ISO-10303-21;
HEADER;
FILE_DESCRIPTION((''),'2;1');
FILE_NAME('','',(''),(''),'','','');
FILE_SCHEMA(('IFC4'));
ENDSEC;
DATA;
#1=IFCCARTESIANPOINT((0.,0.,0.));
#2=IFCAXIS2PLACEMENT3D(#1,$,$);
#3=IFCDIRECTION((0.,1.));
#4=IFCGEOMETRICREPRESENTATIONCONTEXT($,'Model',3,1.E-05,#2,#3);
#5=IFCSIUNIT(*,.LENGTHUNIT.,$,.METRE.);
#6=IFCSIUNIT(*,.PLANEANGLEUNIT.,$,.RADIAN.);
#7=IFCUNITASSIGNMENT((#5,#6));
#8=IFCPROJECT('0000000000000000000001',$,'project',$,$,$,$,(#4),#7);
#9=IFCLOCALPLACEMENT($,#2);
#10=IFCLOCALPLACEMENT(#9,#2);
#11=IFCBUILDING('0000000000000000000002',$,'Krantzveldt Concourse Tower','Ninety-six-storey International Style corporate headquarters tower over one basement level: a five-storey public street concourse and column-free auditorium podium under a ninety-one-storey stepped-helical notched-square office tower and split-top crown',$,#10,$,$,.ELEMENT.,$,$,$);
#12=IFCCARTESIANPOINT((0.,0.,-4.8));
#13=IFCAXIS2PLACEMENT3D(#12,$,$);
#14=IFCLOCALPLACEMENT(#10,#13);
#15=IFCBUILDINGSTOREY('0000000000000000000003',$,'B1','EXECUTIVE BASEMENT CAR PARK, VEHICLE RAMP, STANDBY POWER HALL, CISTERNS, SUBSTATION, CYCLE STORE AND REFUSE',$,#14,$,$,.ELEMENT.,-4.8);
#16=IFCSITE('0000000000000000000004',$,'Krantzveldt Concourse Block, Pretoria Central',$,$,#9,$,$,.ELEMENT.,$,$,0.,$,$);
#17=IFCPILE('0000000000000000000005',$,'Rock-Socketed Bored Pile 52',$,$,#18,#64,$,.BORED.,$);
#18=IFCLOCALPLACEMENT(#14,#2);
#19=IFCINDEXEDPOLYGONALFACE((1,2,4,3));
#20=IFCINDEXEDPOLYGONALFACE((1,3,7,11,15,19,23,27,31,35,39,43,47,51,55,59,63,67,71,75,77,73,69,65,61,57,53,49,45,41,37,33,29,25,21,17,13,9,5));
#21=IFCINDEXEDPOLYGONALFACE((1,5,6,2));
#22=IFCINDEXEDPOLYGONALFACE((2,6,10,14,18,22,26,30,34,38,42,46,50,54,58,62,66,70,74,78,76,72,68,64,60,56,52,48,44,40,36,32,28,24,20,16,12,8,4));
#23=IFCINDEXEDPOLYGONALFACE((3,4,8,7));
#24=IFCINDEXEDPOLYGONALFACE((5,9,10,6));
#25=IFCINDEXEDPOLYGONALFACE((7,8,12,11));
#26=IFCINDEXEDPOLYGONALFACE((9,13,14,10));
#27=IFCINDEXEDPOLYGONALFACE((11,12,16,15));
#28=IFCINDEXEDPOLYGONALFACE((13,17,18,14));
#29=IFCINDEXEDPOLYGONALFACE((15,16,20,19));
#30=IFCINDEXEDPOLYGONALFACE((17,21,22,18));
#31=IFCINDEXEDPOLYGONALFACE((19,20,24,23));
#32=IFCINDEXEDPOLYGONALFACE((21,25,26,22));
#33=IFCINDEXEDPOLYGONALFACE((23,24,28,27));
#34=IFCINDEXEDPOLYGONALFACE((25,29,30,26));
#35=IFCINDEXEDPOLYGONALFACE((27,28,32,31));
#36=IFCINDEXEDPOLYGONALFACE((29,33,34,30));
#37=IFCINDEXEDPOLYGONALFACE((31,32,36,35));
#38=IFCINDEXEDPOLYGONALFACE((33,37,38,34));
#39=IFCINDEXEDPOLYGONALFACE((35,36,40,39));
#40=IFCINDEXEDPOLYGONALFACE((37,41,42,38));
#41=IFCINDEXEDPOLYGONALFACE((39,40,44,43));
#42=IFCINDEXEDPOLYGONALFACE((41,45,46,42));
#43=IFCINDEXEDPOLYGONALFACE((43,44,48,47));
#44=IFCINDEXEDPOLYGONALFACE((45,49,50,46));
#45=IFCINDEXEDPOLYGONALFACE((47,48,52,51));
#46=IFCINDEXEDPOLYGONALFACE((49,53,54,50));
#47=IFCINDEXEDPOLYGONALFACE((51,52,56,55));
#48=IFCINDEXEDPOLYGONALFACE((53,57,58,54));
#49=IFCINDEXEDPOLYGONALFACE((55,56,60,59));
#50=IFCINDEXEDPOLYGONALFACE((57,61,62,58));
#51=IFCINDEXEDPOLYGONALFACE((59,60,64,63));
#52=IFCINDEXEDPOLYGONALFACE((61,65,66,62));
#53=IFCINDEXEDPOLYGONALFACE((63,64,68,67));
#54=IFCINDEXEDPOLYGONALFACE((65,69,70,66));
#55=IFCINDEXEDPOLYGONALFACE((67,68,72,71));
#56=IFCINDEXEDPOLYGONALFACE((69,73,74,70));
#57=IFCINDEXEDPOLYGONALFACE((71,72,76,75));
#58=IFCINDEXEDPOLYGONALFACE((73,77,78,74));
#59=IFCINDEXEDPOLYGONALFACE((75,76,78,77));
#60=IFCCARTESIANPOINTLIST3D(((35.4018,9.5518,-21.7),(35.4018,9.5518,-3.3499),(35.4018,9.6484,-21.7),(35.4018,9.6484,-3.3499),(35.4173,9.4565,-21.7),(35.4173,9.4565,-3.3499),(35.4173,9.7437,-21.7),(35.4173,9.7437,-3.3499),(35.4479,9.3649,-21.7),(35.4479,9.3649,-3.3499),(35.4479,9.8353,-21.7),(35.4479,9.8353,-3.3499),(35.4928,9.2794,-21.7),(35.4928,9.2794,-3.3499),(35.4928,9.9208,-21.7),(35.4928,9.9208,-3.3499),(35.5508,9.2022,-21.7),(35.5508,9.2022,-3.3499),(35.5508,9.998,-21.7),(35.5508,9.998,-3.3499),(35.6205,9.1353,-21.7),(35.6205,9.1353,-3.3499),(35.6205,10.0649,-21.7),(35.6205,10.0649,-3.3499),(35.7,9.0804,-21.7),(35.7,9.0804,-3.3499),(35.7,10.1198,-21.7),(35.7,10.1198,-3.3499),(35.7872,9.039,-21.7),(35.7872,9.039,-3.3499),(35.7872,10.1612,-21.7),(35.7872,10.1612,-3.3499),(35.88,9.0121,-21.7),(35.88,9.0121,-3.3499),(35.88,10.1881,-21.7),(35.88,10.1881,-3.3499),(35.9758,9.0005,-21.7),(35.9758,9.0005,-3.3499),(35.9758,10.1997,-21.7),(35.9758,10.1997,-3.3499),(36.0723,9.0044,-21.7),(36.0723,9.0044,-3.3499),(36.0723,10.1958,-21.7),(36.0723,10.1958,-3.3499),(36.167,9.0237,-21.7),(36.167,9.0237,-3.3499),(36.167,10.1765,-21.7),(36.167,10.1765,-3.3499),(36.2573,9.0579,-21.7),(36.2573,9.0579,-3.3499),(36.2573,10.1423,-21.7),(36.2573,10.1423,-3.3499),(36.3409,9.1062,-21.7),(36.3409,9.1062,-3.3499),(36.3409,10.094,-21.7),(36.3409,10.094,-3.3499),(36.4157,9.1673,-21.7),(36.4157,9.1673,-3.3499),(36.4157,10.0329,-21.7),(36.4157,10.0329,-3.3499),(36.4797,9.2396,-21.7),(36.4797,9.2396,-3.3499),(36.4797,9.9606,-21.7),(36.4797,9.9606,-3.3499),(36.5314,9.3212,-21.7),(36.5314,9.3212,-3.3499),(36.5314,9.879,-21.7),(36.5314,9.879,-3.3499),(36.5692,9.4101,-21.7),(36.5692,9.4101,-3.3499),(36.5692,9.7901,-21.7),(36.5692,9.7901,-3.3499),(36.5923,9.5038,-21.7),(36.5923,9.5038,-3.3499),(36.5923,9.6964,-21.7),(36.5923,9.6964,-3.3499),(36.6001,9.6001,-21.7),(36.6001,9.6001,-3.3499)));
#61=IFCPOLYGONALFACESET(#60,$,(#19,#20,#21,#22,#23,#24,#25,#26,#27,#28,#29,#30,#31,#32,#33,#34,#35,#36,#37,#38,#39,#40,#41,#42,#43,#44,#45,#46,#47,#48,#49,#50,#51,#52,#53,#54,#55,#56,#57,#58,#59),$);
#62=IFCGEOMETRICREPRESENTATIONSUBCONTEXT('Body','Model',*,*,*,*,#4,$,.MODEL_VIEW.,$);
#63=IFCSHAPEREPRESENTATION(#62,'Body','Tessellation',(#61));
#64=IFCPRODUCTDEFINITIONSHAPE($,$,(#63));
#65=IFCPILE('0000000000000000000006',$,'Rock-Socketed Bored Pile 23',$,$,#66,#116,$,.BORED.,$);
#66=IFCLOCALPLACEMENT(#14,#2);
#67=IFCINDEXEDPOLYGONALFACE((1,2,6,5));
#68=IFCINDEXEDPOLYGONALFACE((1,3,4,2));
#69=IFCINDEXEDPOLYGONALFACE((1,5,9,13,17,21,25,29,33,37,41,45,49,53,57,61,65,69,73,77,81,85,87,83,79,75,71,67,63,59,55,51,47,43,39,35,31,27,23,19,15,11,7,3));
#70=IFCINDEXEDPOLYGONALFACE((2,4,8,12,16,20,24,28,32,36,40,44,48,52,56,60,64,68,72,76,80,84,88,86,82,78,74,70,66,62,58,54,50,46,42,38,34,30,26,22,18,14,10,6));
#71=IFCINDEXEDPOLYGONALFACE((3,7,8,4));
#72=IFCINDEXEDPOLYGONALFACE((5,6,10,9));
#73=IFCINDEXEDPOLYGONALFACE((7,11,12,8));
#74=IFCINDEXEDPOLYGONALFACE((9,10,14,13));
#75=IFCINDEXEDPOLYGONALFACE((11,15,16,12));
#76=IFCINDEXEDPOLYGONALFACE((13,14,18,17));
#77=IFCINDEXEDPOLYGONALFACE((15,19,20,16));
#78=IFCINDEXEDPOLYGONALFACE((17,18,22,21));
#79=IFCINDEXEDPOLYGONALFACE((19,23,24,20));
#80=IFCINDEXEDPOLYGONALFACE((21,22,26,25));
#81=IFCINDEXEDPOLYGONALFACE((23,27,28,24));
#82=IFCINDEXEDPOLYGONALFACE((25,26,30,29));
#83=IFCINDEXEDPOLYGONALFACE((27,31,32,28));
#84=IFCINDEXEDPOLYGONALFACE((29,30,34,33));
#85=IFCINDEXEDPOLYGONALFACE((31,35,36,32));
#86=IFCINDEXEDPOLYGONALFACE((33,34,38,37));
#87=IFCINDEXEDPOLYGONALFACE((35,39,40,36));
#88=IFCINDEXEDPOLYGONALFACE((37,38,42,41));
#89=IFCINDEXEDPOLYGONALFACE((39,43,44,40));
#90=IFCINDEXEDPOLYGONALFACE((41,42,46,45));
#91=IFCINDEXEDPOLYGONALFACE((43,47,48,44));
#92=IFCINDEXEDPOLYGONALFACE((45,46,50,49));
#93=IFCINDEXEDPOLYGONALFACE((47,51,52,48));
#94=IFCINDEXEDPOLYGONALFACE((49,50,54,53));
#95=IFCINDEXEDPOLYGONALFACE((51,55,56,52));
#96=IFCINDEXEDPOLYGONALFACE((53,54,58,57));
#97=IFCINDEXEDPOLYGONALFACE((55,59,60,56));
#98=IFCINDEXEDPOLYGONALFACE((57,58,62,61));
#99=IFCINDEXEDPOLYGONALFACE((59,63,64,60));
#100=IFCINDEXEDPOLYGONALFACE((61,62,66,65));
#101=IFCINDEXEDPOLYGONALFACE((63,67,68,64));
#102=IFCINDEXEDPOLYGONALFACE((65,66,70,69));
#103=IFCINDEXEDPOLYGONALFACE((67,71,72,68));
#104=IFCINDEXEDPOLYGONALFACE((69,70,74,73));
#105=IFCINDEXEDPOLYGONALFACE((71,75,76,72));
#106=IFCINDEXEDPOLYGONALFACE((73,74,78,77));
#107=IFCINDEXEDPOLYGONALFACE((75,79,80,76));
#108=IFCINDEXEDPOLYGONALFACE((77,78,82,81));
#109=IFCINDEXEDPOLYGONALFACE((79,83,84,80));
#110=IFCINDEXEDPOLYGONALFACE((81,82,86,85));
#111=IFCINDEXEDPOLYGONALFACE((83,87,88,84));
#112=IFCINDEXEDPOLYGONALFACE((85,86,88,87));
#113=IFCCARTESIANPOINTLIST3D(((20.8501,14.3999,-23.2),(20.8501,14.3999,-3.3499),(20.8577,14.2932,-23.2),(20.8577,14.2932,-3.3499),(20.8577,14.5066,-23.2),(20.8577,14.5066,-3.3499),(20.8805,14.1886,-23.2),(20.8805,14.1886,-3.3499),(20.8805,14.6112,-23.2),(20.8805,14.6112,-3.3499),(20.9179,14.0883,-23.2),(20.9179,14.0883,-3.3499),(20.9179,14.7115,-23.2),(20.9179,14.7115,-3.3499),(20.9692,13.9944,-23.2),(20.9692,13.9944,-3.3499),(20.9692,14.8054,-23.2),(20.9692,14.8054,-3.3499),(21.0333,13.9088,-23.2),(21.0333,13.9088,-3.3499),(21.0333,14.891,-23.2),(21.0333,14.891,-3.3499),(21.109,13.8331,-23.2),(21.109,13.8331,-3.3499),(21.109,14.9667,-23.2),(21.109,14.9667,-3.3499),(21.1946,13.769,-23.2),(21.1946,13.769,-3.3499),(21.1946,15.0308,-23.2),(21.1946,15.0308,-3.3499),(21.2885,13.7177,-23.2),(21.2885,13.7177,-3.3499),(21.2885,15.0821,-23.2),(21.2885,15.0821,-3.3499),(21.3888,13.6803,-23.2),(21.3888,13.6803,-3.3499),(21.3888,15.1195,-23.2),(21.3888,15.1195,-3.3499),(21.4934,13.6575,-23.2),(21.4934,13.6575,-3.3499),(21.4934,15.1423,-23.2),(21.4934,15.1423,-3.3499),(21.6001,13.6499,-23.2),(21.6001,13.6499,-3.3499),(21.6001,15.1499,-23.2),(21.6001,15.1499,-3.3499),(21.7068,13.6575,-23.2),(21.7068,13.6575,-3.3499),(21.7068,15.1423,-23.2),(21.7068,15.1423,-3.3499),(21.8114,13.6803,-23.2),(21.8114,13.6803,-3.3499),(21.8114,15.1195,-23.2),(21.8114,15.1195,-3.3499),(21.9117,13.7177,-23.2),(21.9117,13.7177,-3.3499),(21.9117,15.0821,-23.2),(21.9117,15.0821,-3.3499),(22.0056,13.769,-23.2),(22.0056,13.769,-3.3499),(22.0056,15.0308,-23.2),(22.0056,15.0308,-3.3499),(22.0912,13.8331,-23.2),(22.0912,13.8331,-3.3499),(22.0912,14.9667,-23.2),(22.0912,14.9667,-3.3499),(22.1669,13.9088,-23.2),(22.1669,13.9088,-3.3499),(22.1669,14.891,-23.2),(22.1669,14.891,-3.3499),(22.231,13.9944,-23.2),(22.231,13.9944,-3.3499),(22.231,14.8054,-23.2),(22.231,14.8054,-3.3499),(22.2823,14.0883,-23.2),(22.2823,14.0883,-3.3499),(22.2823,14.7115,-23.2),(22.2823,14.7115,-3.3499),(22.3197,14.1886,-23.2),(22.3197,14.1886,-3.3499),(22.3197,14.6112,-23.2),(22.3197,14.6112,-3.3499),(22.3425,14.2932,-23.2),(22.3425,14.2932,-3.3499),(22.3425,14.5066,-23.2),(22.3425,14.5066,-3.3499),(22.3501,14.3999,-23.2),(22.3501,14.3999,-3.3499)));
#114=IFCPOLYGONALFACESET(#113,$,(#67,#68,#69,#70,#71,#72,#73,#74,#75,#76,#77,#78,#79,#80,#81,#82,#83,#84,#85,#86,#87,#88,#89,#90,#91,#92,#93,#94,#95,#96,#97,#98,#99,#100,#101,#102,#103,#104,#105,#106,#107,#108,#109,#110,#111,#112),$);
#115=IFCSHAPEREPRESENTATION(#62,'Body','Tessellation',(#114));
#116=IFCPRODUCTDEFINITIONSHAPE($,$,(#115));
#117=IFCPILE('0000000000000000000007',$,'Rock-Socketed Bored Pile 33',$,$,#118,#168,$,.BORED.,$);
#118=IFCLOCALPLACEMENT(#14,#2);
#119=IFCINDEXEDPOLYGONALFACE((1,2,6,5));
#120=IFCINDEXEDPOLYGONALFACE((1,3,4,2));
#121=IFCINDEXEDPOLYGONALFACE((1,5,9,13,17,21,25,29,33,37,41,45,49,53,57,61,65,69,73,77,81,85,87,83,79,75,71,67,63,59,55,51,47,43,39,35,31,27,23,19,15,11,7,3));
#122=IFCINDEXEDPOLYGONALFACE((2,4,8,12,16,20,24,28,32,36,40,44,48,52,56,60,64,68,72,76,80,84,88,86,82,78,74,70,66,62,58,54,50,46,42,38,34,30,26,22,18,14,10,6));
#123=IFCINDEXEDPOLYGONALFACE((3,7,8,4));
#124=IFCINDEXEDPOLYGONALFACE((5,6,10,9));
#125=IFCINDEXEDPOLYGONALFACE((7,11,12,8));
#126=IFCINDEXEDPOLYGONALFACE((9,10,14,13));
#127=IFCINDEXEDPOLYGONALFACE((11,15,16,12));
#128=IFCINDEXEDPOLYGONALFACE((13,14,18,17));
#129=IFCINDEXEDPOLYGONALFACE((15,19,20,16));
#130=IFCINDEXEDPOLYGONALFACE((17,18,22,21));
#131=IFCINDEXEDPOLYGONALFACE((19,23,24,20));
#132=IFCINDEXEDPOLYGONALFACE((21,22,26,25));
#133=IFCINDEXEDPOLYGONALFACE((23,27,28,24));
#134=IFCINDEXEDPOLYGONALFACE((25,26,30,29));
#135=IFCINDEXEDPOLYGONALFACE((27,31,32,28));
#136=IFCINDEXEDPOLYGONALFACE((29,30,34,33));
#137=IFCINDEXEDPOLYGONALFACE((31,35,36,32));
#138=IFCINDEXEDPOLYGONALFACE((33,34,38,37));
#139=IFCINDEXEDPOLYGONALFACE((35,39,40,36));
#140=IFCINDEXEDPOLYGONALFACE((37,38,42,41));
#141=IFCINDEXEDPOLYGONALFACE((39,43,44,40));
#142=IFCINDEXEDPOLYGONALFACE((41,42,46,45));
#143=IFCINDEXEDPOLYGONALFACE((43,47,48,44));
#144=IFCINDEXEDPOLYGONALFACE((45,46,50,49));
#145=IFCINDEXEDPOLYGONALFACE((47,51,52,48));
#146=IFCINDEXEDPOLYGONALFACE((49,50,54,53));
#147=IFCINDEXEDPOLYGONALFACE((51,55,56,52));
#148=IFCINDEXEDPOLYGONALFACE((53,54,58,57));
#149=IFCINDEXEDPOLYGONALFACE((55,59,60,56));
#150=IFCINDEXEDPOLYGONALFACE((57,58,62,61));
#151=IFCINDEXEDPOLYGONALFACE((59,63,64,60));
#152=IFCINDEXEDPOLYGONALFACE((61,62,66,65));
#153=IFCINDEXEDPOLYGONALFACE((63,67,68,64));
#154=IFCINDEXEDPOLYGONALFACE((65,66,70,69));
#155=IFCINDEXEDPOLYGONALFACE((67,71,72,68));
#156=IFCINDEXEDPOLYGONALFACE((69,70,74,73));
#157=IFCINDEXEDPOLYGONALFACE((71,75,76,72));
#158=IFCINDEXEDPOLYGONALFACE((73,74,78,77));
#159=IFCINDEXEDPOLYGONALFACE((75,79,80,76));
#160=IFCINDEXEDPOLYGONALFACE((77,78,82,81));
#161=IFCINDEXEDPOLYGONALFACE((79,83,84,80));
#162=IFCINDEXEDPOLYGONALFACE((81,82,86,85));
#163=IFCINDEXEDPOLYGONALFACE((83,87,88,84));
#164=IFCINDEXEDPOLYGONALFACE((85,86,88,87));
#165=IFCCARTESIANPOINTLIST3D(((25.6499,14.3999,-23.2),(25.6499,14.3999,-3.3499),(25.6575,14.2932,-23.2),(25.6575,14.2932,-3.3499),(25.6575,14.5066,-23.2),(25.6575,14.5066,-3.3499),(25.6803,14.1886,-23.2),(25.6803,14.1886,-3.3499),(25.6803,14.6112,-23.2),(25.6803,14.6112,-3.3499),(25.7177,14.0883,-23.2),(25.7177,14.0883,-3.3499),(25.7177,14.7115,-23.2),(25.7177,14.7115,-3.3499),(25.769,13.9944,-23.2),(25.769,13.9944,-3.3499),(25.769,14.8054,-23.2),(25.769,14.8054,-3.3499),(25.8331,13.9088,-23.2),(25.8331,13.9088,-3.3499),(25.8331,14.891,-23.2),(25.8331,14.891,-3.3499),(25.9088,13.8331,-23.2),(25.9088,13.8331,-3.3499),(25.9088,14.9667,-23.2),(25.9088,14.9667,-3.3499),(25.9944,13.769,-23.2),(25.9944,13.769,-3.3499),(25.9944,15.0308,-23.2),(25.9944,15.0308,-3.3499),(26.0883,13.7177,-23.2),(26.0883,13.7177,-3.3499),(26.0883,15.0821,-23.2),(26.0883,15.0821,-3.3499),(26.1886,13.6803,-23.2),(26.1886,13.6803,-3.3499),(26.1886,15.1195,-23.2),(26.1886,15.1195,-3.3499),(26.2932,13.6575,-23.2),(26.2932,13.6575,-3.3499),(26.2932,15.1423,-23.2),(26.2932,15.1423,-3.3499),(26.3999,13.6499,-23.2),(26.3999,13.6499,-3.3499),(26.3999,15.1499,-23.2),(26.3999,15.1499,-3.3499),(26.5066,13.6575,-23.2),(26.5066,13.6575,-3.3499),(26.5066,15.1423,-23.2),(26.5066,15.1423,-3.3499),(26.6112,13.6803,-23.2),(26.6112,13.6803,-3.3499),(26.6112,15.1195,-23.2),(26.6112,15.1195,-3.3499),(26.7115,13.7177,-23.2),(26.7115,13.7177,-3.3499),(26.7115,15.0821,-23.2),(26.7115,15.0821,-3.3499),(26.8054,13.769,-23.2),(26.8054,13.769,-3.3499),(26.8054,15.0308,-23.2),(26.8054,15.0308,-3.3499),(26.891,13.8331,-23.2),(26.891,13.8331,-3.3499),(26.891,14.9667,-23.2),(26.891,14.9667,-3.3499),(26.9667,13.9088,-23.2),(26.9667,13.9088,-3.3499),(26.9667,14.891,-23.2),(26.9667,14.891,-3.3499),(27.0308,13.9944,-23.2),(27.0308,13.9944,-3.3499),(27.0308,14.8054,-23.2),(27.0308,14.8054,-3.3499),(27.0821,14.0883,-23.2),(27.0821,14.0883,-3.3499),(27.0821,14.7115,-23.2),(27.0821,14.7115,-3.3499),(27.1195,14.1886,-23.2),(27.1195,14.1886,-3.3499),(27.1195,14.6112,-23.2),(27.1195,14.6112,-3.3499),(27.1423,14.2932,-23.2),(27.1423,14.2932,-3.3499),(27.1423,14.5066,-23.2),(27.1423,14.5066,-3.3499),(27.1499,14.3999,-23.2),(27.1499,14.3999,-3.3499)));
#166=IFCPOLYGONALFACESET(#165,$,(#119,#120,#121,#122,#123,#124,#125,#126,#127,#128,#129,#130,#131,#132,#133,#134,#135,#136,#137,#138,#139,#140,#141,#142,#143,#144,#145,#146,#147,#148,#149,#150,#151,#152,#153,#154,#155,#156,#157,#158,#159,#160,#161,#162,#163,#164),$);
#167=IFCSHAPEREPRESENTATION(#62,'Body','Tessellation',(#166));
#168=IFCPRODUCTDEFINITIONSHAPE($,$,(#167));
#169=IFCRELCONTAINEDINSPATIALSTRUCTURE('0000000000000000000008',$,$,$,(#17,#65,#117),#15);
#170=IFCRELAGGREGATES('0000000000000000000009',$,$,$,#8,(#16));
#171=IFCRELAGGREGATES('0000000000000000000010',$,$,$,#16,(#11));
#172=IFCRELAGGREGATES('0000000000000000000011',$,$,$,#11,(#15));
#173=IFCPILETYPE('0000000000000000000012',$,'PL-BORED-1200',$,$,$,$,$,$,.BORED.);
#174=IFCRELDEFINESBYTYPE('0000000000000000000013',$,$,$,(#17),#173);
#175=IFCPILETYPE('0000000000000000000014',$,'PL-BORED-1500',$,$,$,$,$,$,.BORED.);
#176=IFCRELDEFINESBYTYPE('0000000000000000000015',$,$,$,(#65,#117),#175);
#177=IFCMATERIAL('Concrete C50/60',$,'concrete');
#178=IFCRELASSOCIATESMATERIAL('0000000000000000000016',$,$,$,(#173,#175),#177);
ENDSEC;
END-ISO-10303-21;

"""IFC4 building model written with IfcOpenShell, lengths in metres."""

from ifc_helpers import new_model, si_unit, direction, frame, origin, origin_2d, place, context, subcontext, project, spatial, circle, extrude, source, transform, mapped, material, material_profile, profile_set, type_object, type_shapes, element, save


model = new_model("IFC4")

# Units and contexts
model_context = context("Model", 3, precision=1e-05, world=origin(), true_north=direction((0.0, 1.0)))
body_context = subcontext(model_context, "Body", "Model", "MODEL_VIEW")
ifc_project = project(units=[si_unit("LENGTHUNIT", "METRE"), si_unit("PLANEANGLEUNIT", "RADIAN")], contexts=[model_context])

# Site, building, storey
site_placement = place(None, origin())
site = spatial("IfcSite", under=ifc_project, at=site_placement, Name="Krantzveldt Concourse Block, Pretoria Central", CompositionType="ELEMENT", RefElevation=0.0)
building_placement = place(site_placement, origin())
building = spatial("IfcBuilding", under=site, at=building_placement, Name="Krantzveldt Concourse Tower", Description="Ninety-six-storey International Style corporate headquarters tower over one basement level: a five-storey public street concourse and column-free auditorium podium under a ninety-one-storey stepped-helical notched-square office tower and split-top crown", CompositionType="ELEMENT")
storey_placement = place(building_placement, frame((0.0, 0.0, -4.8)))
storey = spatial("IfcBuildingStorey", under=building, at=storey_placement, Name="B1", Description="EXECUTIVE BASEMENT CAR PARK, VEHICLE RAMP, STANDBY POWER HALL, CISTERNS, SUBSTATION, CYCLE STORE AND REFUSE", CompositionType="ELEMENT", Elevation=-4.8)

# Piles
ifc_material_1 = material(Name="Concrete C50/60", Category="concrete")
ifc_material_profile_1 = material_profile(ifc_material_1, circle(Radius=0.6001, at=origin_2d()), Name="Concrete C50/60", Category="concrete")
ifc_profile_set_1 = profile_set([ifc_material_profile_1], Name="Concrete C50/60 - PILE D1200")
pile_type_1 = type_object("IfcPileType", Name="PL-BORED-1200", PredefinedType="BORED", material=ifc_profile_set_1)
shared_shape_1 = source(origin(), body_context, "Body", "SweptSolid", [
    extrude(circle(Radius=0.6001, at=origin_2d()), origin(), (0.0, 0.0, 1.0), 18.3501),
])
type_shapes(pile_type_1, [shared_shape_1])
for number, where, z_axis, x_axis, name in (
    (1, (36.0, 9.6001, -3.3499), (0.0, 0.0, -1.0), (1.0, 0.0, 0.0), "Rock-Socketed Bored Pile 52"),
):
    element("IfcPile", number, at=place(storey_placement, frame(where, z_axis=z_axis, x_axis=x_axis)), inside=storey, type_object=pile_type_1, Name=name, PredefinedType="BORED", context=body_context, shape_type="MappedRepresentation", body=[
        mapped(shared_shape_1, transform((0.0, 0.0, 0.0), x_axis=(1.0, 0.0, 0.0), y_axis=(0.0, 1.0, 0.0), z_axis=(0.0, 0.0, 1.0), scale=1.0)),
    ])
ifc_material_profile_2 = material_profile(ifc_material_1, circle(Radius=0.75, at=origin_2d()), Name="Concrete C50/60", Category="concrete")
ifc_profile_set_2 = profile_set([ifc_material_profile_2], Name="Concrete C50/60 - PILE D1500")
pile_type_2 = type_object("IfcPileType", Name="PL-BORED-1500", PredefinedType="BORED", material=ifc_profile_set_2)
shared_shape_2 = source(origin(), body_context, "Body", "SweptSolid", [
    extrude(circle(Radius=0.75, at=origin_2d()), origin(), (0.0, 0.0, 1.0), 19.8501),
])
type_shapes(pile_type_2, [shared_shape_2])
for number, where, z_axis, x_axis, name in (
    (2, (21.6001, 14.3999, -3.3499), (0.0, 0.0, -1.0), (1.0, 0.0, 0.0), "Rock-Socketed Bored Pile 23"),
    (3, (26.3999, 14.3999, -3.3499), (0.0, 0.0, -1.0), (1.0, 0.0, 0.0), "Rock-Socketed Bored Pile 33"),
):
    element("IfcPile", number, at=place(storey_placement, frame(where, z_axis=z_axis, x_axis=x_axis)), inside=storey, type_object=pile_type_2, Name=name, PredefinedType="BORED", context=body_context, shape_type="MappedRepresentation", body=[
        mapped(shared_shape_2, transform((0.0, 0.0, 0.0), x_axis=(1.0, 0.0, 0.0), y_axis=(0.0, 1.0, 0.0), z_axis=(0.0, 0.0, 1.0), scale=1.0)),
    ])

save(model, "model.ifc")
